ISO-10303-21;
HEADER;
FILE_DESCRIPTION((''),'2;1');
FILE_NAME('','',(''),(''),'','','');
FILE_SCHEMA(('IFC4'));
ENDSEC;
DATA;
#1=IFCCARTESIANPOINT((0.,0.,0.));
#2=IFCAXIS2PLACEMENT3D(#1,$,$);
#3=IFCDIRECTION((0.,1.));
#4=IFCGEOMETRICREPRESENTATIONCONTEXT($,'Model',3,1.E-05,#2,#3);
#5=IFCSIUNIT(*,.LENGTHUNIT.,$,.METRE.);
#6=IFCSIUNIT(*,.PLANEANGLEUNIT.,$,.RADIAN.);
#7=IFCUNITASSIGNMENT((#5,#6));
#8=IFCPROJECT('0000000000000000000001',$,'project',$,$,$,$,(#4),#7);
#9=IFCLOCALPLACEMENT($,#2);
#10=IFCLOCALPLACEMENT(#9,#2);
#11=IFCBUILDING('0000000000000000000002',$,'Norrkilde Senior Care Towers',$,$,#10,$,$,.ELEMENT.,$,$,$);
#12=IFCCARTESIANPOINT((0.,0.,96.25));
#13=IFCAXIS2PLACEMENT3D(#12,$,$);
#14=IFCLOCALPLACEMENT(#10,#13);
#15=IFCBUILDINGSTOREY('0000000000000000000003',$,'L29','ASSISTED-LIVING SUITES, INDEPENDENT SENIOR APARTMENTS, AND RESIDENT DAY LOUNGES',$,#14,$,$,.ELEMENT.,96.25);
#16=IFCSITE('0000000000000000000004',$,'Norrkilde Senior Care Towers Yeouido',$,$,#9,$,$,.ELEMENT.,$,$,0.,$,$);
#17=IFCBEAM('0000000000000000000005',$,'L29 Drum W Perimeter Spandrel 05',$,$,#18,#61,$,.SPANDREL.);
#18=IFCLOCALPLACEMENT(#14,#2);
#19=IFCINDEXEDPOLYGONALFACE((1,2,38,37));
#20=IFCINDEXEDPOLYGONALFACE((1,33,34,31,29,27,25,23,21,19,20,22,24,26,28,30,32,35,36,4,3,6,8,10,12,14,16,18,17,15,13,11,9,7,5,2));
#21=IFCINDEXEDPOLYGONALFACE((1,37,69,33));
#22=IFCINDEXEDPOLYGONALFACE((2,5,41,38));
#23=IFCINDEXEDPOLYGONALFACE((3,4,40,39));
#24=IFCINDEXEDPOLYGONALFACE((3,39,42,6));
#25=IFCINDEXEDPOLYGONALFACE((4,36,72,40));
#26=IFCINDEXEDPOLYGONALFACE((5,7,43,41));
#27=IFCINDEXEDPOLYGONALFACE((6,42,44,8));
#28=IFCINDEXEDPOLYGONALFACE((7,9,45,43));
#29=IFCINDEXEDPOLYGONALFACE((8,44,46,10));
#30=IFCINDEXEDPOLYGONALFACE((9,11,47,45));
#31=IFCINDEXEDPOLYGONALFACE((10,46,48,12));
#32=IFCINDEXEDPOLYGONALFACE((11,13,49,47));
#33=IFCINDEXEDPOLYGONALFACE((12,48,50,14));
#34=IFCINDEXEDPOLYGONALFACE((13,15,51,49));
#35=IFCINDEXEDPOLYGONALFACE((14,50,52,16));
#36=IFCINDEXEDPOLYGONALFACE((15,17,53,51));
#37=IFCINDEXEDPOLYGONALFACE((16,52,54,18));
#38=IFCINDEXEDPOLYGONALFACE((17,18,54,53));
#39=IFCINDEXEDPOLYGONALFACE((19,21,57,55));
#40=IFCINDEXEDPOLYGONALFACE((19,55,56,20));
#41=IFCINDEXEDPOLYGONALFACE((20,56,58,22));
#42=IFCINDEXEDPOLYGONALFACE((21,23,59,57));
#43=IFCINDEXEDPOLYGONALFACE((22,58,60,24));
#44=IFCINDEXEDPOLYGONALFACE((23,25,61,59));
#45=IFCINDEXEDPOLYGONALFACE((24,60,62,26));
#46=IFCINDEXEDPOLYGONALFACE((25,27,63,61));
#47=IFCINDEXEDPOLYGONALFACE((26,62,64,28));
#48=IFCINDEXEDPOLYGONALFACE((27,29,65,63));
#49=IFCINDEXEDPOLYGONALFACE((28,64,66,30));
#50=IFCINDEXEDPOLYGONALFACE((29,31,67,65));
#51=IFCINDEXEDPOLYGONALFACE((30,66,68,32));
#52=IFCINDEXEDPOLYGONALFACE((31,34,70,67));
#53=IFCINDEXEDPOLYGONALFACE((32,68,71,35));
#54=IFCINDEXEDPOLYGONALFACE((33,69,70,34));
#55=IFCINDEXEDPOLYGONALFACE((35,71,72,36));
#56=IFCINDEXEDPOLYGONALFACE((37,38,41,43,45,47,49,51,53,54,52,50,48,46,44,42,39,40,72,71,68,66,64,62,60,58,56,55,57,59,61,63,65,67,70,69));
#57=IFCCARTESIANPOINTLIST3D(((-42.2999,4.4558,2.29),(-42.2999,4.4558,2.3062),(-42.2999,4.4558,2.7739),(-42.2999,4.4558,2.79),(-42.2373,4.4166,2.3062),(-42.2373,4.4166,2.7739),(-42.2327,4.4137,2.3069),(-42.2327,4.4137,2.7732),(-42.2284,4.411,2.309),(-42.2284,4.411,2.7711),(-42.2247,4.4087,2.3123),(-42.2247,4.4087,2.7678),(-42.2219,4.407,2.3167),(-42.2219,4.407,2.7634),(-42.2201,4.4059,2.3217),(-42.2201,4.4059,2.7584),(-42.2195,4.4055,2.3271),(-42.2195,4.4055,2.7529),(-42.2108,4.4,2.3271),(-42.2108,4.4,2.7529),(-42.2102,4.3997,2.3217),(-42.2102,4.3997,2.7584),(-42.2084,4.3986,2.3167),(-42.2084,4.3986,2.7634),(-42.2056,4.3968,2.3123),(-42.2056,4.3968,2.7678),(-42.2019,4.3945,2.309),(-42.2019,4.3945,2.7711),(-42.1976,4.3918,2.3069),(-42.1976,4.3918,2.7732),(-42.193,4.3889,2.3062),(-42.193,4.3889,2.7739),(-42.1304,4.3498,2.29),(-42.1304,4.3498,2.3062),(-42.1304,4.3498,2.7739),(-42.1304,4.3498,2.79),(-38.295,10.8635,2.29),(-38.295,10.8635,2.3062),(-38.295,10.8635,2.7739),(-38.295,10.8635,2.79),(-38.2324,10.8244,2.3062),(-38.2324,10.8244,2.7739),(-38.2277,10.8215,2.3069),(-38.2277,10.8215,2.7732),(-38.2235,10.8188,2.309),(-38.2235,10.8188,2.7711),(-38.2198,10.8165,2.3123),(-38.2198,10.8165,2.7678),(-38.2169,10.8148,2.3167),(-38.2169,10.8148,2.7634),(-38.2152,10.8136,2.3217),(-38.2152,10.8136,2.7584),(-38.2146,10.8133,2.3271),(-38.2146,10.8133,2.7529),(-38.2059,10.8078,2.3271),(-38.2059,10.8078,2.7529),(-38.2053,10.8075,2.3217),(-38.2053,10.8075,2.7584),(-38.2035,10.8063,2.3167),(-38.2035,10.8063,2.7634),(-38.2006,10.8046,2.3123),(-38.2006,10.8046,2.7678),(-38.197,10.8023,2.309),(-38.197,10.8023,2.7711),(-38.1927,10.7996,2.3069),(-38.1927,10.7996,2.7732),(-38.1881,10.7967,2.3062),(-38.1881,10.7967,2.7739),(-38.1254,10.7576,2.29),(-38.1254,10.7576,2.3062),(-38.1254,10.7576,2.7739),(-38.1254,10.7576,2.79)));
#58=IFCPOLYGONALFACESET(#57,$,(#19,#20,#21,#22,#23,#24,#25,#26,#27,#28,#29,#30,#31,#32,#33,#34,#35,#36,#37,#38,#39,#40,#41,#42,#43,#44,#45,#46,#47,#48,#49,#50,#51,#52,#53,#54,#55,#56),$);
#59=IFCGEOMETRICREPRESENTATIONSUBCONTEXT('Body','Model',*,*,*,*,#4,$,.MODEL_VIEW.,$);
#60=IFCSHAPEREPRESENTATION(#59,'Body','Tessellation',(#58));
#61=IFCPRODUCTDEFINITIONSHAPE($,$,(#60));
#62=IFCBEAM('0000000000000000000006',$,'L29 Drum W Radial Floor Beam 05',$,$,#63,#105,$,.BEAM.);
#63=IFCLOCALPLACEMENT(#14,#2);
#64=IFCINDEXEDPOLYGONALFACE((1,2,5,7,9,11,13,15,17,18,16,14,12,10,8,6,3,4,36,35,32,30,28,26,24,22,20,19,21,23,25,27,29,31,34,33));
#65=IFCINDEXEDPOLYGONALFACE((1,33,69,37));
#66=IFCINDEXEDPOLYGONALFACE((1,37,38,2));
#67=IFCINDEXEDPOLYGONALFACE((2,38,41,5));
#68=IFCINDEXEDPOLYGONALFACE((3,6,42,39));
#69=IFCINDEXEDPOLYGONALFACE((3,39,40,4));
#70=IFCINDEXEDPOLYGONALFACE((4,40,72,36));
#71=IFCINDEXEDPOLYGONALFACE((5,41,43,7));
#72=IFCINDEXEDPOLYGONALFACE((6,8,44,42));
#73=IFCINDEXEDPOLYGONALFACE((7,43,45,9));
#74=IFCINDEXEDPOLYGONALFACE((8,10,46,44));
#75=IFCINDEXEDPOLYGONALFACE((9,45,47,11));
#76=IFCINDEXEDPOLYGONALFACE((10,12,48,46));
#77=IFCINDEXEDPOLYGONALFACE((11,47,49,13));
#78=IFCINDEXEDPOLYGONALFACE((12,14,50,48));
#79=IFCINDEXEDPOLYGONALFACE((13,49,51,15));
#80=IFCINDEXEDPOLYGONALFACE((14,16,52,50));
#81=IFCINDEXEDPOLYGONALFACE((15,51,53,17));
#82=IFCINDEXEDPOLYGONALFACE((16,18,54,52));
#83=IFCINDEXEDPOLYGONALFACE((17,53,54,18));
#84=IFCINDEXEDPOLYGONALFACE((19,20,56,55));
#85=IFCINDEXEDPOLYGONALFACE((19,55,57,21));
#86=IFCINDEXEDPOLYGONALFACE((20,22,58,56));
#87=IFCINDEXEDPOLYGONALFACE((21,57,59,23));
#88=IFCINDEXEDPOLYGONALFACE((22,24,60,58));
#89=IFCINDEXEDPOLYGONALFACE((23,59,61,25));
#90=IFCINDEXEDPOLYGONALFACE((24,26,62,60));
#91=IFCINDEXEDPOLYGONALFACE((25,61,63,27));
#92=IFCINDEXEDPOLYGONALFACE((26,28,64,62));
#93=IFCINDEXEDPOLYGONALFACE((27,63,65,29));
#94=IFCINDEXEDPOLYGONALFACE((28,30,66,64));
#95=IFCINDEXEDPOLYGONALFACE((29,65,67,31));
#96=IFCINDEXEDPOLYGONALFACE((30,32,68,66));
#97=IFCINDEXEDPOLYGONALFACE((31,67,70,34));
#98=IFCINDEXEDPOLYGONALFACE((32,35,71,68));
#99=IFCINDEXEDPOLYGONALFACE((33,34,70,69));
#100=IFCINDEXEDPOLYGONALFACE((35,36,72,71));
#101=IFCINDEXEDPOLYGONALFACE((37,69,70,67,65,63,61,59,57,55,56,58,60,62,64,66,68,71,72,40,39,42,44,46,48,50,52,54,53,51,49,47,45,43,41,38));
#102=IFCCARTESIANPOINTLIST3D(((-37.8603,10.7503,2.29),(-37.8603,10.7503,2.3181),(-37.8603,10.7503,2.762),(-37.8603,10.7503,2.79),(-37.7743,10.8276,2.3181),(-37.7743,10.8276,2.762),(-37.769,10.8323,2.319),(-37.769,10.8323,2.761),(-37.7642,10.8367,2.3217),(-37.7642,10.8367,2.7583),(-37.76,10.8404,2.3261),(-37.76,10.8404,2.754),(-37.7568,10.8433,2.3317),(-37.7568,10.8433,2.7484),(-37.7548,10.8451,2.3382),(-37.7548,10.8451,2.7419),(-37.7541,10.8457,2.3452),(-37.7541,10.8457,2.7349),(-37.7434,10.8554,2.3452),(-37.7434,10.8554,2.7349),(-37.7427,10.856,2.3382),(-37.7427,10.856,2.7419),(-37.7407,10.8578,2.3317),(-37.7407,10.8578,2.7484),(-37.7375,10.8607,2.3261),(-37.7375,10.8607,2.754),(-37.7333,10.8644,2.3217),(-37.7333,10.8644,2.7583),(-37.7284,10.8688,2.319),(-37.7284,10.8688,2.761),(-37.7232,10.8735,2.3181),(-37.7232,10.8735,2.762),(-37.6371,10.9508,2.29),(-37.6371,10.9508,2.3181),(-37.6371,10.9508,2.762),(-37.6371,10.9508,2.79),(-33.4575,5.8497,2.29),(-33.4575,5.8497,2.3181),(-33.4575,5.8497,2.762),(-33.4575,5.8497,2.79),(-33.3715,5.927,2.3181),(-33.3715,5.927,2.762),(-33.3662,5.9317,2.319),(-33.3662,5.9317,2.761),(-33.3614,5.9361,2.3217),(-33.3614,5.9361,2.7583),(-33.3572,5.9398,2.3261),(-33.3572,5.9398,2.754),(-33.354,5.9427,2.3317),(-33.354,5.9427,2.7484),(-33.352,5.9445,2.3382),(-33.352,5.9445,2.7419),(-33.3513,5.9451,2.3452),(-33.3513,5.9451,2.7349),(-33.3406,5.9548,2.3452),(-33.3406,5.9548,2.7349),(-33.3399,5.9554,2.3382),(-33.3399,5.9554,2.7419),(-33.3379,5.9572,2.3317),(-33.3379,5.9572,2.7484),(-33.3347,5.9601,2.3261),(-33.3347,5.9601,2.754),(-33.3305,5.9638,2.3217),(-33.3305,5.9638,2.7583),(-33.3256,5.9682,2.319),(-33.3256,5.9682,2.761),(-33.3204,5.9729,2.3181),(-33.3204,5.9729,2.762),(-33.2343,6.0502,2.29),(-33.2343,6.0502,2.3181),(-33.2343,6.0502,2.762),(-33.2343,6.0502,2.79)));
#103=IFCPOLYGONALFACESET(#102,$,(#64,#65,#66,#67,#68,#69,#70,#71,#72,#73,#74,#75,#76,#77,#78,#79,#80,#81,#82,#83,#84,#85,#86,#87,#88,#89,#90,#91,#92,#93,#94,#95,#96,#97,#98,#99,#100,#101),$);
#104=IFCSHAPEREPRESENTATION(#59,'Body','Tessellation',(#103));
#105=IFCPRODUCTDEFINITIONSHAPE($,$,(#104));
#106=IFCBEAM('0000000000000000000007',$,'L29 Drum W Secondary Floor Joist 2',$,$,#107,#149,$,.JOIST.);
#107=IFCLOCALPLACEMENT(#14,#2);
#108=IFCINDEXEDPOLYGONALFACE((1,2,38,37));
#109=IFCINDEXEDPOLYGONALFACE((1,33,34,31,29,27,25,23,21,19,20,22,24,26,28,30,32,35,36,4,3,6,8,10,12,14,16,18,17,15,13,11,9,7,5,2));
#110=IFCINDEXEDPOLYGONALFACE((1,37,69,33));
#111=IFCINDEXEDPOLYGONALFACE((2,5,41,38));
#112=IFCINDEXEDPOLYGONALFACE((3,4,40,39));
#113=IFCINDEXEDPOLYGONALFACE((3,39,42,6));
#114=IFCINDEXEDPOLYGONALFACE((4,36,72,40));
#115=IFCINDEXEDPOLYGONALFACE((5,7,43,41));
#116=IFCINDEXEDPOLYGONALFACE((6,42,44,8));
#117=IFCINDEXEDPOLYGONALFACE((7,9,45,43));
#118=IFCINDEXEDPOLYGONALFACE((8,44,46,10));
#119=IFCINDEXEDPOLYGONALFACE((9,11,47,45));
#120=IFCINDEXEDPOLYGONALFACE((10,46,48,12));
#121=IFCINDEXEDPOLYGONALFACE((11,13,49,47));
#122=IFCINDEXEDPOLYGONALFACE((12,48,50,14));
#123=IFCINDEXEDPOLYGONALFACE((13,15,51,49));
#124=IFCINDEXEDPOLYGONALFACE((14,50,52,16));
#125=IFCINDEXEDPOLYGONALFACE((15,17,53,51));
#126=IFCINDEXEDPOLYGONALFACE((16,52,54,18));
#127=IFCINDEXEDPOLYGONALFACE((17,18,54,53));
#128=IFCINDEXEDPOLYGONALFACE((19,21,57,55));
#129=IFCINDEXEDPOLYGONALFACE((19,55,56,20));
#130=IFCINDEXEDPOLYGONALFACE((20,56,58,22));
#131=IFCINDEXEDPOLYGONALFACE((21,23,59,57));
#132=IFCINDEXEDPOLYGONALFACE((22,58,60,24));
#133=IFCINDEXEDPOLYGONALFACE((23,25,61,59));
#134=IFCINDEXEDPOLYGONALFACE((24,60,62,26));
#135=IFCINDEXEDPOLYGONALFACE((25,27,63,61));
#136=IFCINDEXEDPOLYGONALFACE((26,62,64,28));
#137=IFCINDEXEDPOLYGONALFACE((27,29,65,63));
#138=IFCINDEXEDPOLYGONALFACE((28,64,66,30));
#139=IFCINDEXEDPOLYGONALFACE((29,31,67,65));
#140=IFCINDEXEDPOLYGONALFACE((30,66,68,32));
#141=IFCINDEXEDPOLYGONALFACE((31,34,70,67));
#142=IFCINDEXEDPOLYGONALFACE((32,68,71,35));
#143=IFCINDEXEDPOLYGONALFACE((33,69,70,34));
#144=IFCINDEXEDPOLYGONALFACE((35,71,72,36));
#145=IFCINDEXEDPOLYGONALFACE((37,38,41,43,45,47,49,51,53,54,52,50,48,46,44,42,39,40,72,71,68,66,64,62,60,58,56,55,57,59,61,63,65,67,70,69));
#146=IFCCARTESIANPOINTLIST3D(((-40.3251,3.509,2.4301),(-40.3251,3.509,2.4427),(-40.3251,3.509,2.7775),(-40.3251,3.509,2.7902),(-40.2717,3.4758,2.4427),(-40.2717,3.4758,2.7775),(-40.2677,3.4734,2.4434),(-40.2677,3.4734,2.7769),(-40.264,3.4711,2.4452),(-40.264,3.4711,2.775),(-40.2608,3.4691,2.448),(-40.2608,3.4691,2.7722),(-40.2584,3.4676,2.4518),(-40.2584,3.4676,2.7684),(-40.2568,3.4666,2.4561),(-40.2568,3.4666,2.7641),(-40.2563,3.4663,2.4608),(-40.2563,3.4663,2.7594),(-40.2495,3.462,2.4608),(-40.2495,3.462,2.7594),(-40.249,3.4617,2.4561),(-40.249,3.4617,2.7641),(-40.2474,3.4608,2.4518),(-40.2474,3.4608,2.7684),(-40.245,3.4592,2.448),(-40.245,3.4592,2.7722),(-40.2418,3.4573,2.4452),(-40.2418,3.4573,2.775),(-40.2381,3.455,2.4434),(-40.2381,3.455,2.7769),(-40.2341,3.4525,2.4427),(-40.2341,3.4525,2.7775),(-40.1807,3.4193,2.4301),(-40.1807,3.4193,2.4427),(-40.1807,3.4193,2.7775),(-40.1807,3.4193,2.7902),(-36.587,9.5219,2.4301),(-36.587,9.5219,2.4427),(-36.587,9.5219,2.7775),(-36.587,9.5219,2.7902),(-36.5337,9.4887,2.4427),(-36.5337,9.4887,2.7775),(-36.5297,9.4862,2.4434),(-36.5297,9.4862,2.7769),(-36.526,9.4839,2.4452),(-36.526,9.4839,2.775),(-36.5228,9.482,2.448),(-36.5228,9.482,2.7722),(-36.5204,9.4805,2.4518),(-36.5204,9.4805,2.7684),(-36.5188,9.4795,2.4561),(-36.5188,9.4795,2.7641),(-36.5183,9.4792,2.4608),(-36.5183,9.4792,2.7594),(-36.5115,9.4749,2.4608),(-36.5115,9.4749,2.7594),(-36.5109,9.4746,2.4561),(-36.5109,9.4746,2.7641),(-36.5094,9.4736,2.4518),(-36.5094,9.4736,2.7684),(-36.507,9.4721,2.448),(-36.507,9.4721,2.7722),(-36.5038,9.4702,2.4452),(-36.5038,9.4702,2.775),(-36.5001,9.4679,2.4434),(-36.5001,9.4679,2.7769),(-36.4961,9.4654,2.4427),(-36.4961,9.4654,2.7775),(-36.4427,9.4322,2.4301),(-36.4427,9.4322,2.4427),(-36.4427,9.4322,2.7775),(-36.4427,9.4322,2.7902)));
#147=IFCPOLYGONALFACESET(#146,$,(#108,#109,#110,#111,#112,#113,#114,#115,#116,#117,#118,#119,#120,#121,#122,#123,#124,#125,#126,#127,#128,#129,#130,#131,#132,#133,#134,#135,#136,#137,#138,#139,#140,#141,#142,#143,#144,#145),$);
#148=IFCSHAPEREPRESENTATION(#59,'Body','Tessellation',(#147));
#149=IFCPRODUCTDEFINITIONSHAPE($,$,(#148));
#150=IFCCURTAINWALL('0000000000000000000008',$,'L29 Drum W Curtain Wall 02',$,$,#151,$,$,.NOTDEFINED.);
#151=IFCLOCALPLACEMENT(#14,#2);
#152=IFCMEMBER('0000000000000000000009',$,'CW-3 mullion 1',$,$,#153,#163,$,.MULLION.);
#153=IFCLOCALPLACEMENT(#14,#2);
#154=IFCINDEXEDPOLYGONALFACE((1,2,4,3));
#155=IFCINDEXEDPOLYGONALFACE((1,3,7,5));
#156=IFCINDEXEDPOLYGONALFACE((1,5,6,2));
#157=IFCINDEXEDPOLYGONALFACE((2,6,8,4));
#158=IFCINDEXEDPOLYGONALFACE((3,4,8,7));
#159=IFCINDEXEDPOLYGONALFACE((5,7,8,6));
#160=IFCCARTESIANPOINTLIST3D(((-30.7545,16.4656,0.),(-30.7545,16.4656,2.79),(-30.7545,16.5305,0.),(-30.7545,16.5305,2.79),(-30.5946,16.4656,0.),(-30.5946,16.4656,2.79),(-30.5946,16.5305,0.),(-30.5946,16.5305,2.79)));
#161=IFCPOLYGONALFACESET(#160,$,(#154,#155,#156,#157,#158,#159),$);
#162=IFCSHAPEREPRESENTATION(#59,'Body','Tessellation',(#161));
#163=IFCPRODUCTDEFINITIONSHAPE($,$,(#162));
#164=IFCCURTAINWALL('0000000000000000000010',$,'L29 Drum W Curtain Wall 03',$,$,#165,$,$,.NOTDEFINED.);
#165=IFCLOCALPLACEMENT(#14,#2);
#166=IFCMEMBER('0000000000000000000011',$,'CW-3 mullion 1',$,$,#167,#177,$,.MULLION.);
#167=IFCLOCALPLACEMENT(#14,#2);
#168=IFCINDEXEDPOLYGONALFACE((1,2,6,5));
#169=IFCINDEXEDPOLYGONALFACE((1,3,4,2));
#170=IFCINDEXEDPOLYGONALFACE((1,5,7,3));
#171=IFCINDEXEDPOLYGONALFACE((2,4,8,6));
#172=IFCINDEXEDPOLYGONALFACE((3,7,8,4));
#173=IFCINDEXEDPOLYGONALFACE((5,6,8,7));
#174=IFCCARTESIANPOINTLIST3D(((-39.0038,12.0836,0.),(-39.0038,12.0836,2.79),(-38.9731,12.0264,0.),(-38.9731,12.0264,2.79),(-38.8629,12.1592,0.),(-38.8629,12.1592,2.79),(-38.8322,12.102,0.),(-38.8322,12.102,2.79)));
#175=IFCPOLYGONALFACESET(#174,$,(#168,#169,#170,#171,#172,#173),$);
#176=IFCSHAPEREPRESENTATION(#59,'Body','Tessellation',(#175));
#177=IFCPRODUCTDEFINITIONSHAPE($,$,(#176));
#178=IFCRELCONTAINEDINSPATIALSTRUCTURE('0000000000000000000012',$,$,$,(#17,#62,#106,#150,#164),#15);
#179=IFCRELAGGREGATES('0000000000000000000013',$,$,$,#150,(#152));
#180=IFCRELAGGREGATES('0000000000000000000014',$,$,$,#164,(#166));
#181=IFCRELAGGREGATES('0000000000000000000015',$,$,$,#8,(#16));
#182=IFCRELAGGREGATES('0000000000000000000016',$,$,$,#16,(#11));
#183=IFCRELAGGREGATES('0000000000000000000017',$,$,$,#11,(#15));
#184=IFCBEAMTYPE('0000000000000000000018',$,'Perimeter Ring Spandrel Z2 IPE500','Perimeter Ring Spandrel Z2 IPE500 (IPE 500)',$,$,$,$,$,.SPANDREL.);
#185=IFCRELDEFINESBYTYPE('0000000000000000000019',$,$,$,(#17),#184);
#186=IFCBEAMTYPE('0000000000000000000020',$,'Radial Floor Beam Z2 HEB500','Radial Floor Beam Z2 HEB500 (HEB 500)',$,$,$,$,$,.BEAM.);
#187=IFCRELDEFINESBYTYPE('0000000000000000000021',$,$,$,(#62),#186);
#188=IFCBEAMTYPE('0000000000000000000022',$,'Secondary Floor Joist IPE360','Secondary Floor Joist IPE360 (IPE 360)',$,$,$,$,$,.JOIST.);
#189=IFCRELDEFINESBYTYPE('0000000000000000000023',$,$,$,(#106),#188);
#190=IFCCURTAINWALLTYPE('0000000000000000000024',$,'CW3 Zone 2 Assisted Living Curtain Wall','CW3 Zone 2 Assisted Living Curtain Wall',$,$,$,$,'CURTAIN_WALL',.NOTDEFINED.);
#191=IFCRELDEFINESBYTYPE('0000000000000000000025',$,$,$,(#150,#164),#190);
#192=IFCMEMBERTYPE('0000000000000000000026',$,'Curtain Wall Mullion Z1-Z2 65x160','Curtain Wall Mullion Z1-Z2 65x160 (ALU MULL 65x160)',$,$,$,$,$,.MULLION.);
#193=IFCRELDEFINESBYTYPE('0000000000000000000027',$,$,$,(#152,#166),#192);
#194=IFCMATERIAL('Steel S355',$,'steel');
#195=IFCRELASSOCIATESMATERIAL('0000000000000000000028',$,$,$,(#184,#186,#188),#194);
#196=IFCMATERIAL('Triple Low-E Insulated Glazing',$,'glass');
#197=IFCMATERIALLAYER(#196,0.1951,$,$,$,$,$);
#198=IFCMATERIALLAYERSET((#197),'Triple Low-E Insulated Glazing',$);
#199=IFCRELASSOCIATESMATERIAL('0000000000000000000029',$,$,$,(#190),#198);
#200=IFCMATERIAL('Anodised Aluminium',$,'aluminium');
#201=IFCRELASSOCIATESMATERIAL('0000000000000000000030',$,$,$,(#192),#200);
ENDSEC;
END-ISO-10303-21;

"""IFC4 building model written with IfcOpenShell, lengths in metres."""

from ifc_helpers import new_model, si_unit, direction, frame, origin, origin_2d, place, context, subcontext, project, spatial, rectangle, i_section, extrude, source, transform, mapped, material, layer, layer_set, material_profile, profile_set, type_object, type_shapes, element, aggregate, save


model = new_model("IFC4")

# Units and contexts
model_context = context("Model", 3, precision=1e-05, world=origin(), true_north=direction((0.0, 1.0)))
body_context = subcontext(model_context, "Body", "Model", "MODEL_VIEW")
ifc_project = project(units=[si_unit("LENGTHUNIT", "METRE"), si_unit("PLANEANGLEUNIT", "RADIAN")], contexts=[model_context])

# Site, building, storey
site_placement = place(None, origin())
site = spatial("IfcSite", under=ifc_project, at=site_placement, Name="Norrkilde Senior Care Towers Yeouido", CompositionType="ELEMENT", RefElevation=0.0)
building_placement = place(site_placement, origin())
building = spatial("IfcBuilding", under=site, at=building_placement, Name="Norrkilde Senior Care Towers", CompositionType="ELEMENT")
storey_placement = place(building_placement, frame((0.0, 0.0, 96.25)))
storey = spatial("IfcBuildingStorey", under=building, at=storey_placement, Name="L29", Description="ASSISTED-LIVING SUITES, INDEPENDENT SENIOR APARTMENTS, AND RESIDENT DAY LOUNGES", CompositionType="ELEMENT", Elevation=96.25)

# Beams
ifc_material_1 = material(Name="Steel S355", Category="steel")
ifc_material_profile_1 = material_profile(ifc_material_1, i_section(OverallWidth=0.2, OverallDepth=0.5, WebThickness=0.0103, FlangeThickness=0.0161, FilletRadius=0.021, at=origin_2d()), Name="IPE 500")
ifc_profile_set_1 = profile_set([ifc_material_profile_1], Name="Steel S355")
beam_type_1 = type_object("IfcBeamType", Name="Perimeter Ring Spandrel Z2 IPE500", Description="Perimeter Ring Spandrel Z2 IPE500 (IPE 500)", PredefinedType="SPANDREL", material=ifc_profile_set_1)
ifc_material_profile_2 = material_profile(ifc_material_1, i_section(OverallWidth=0.3, OverallDepth=0.5, WebThickness=0.0144, FlangeThickness=0.0281, FilletRadius=0.0271, at=origin_2d()), Name="HEB 500")
ifc_profile_set_2 = profile_set([ifc_material_profile_2], Name="Steel S355")
beam_type_2 = type_object("IfcBeamType", Name="Radial Floor Beam Z2 HEB500", Description="Radial Floor Beam Z2 HEB500 (HEB 500)", PredefinedType="BEAM", material=ifc_profile_set_2)
shared_shape_1 = source(origin(), body_context, "Body", "SweptSolid", [
    extrude(i_section(OverallWidth=0.2, OverallDepth=0.5, WebThickness=0.0103, FlangeThickness=0.0161, FilletRadius=0.021, at=origin_2d()), origin(), (0.0, 0.0, 1.0), 7.5564),
])
beam_1_placement = place(storey_placement, frame((-38.2102, 10.8105, 2.54), z_axis=(-0.530005, -0.847995, 0.0), x_axis=(0.847995, -0.530005, 0.0)))
element("IfcBeam", 1, at=beam_1_placement, inside=storey, type_object=beam_type_1, Name="L29 Drum W Perimeter Spandrel 05", PredefinedType="SPANDREL", context=body_context, shape_type="MappedRepresentation", body=[
    mapped(shared_shape_1, transform((0.0, 0.0, 0.0), x_axis=(1.0, 0.0, 0.0), y_axis=(0.0, 1.0, 0.0), z_axis=(0.0, 0.0, 1.0), scale=1.0)),
])
shared_shape_2 = source(origin(), body_context, "Body", "SweptSolid", [
    extrude(i_section(OverallWidth=0.3, OverallDepth=0.5, WebThickness=0.0144, FlangeThickness=0.0281, FilletRadius=0.0271, at=origin_2d()), origin(), (0.0, 0.0, 1.0), 6.5879),
])
beam_2_placement = place(storey_placement, frame((-33.3459, 5.95, 2.54), z_axis=(-0.668315, 0.743878, 0.0), x_axis=(-0.743878, -0.668315, 0.0)))
element("IfcBeam", 2, at=beam_2_placement, inside=storey, type_object=beam_type_2, Name="L29 Drum W Radial Floor Beam 05", PredefinedType="BEAM", context=body_context, shape_type="MappedRepresentation", body=[
    mapped(shared_shape_2, transform((0.0, 0.0, 0.0), x_axis=(1.0, 0.0, 0.0), y_axis=(0.0, 1.0, 0.0), z_axis=(0.0, 0.0, 1.0), scale=1.0)),
])
ifc_material_profile_3 = material_profile(ifc_material_1, i_section(OverallWidth=0.1699, OverallDepth=0.3601, WebThickness=0.0081, FlangeThickness=0.0127, FilletRadius=0.0181, at=origin_2d()), Name="IPE 360")
ifc_profile_set_3 = profile_set([ifc_material_profile_3], Name="Steel S355")
beam_type_3 = type_object("IfcBeamType", Name="Secondary Floor Joist IPE360", Description="Secondary Floor Joist IPE360 (IPE 360)", PredefinedType="JOIST", material=ifc_profile_set_3)
shared_shape_3 = source(origin(), body_context, "Body", "SweptSolid", [
    extrude(i_section(OverallWidth=0.1699, OverallDepth=0.3601, WebThickness=0.0081, FlangeThickness=0.0127, FilletRadius=0.0181, at=origin_2d()), origin(), (0.0, 0.0, 1.0), 7.0801),
])
type_shapes(beam_type_3, [shared_shape_3])
beam_3_placement = place(storey_placement, frame((-36.5149, 9.4771, 2.6101), z_axis=(-0.527961, -0.849269, 0.0), x_axis=(0.849269, -0.527961, 0.0)))
element("IfcBeam", 3, at=beam_3_placement, inside=storey, type_object=beam_type_3, Name="L29 Drum W Secondary Floor Joist 2", PredefinedType="JOIST", context=body_context, shape_type="MappedRepresentation", body=[
    mapped(shared_shape_3, transform((0.0, 0.0, 0.0), x_axis=(1.0, 0.0, 0.0), y_axis=(0.0, 1.0, 0.0), z_axis=(0.0, 0.0, 1.0), scale=1.0)),
])

# Curtain wall, member
ifc_material_2 = material(Name="Triple Low-E Insulated Glazing", Category="glass")
ifc_layer_1 = layer(ifc_material_2, 0.1951)
ifc_layer_set_1 = layer_set([ifc_layer_1], Name="Triple Low-E Insulated Glazing")
curtain_wall_type = type_object("IfcCurtainWallType", Name="CW3 Zone 2 Assisted Living Curtain Wall", Description="CW3 Zone 2 Assisted Living Curtain Wall", ElementType="CURTAIN_WALL", PredefinedType="NOTDEFINED", material=ifc_layer_set_1)
curtain_wall_1_placement = place(storey_placement, origin())
curtain_wall_1 = element("IfcCurtainWall", 4, at=curtain_wall_1_placement, inside=storey, type_object=curtain_wall_type, Name="L29 Drum W Curtain Wall 02", PredefinedType="NOTDEFINED")
ifc_material_3 = material(Name="Anodised Aluminium", Category="aluminium")
ifc_material_profile_4 = material_profile(ifc_material_3, rectangle(XDim=0.0649, YDim=0.1599, at=origin_2d()), Name="ALU MULL 65x160")
ifc_profile_set_4 = profile_set([ifc_material_profile_4], Name="Anodised Aluminium")
member_type_1 = type_object("IfcMemberType", Name="Curtain Wall Mullion Z1-Z2 65x160", Description="Curtain Wall Mullion Z1-Z2 65x160 (ALU MULL 65x160)", PredefinedType="MULLION", material=ifc_profile_set_4)
shared_shape_4 = source(origin(), body_context, "Body", "SweptSolid", [
    extrude(rectangle(XDim=0.0649, YDim=0.1599, at=origin_2d()), origin(), (0.0, 0.0, 1.0), 2.79),
])
type_shapes(member_type_1, [shared_shape_4])
member_1_placement = place(storey_placement, frame((-30.6746, 16.498, 0.0), z_axis=(0.0, 0.0, 1.0), x_axis=(0.0, 1.0, 0.0)))
member_1 = element("IfcMember", 5, at=member_1_placement, type_object=member_type_1, Name="CW-3 mullion 1", PredefinedType="MULLION", context=body_context, shape_type="MappedRepresentation", body=[
    mapped(shared_shape_4, transform((0.0, 0.0, 0.0), x_axis=(1.0, 0.0, 0.0), y_axis=(0.0, 1.0, 0.0), z_axis=(0.0, 0.0, 1.0), scale=1.0)),
])

# Curtain wall, member
curtain_wall_2_placement = place(storey_placement, origin())
curtain_wall_2 = element("IfcCurtainWall", 6, at=curtain_wall_2_placement, inside=storey, type_object=curtain_wall_type, Name="L29 Drum W Curtain Wall 03", PredefinedType="NOTDEFINED")
member_2_placement = place(storey_placement, frame((-38.918, 12.0928, 0.0), z_axis=(0.0, 0.0, 1.0), x_axis=(-0.472769, 0.881186, 0.0)))
member_2 = element("IfcMember", 7, at=member_2_placement, type_object=member_type_1, Name="CW-3 mullion 1", PredefinedType="MULLION", context=body_context, shape_type="MappedRepresentation", body=[
    mapped(shared_shape_4, transform((0.0, 0.0, 0.0), x_axis=(1.0, 0.0, 0.0), y_axis=(0.0, 1.0, 0.0), z_axis=(0.0, 0.0, 1.0), scale=1.0)),
])

aggregate(curtain_wall_1, [member_1])

aggregate(curtain_wall_2, [member_2])

save(model, "model.ifc")
